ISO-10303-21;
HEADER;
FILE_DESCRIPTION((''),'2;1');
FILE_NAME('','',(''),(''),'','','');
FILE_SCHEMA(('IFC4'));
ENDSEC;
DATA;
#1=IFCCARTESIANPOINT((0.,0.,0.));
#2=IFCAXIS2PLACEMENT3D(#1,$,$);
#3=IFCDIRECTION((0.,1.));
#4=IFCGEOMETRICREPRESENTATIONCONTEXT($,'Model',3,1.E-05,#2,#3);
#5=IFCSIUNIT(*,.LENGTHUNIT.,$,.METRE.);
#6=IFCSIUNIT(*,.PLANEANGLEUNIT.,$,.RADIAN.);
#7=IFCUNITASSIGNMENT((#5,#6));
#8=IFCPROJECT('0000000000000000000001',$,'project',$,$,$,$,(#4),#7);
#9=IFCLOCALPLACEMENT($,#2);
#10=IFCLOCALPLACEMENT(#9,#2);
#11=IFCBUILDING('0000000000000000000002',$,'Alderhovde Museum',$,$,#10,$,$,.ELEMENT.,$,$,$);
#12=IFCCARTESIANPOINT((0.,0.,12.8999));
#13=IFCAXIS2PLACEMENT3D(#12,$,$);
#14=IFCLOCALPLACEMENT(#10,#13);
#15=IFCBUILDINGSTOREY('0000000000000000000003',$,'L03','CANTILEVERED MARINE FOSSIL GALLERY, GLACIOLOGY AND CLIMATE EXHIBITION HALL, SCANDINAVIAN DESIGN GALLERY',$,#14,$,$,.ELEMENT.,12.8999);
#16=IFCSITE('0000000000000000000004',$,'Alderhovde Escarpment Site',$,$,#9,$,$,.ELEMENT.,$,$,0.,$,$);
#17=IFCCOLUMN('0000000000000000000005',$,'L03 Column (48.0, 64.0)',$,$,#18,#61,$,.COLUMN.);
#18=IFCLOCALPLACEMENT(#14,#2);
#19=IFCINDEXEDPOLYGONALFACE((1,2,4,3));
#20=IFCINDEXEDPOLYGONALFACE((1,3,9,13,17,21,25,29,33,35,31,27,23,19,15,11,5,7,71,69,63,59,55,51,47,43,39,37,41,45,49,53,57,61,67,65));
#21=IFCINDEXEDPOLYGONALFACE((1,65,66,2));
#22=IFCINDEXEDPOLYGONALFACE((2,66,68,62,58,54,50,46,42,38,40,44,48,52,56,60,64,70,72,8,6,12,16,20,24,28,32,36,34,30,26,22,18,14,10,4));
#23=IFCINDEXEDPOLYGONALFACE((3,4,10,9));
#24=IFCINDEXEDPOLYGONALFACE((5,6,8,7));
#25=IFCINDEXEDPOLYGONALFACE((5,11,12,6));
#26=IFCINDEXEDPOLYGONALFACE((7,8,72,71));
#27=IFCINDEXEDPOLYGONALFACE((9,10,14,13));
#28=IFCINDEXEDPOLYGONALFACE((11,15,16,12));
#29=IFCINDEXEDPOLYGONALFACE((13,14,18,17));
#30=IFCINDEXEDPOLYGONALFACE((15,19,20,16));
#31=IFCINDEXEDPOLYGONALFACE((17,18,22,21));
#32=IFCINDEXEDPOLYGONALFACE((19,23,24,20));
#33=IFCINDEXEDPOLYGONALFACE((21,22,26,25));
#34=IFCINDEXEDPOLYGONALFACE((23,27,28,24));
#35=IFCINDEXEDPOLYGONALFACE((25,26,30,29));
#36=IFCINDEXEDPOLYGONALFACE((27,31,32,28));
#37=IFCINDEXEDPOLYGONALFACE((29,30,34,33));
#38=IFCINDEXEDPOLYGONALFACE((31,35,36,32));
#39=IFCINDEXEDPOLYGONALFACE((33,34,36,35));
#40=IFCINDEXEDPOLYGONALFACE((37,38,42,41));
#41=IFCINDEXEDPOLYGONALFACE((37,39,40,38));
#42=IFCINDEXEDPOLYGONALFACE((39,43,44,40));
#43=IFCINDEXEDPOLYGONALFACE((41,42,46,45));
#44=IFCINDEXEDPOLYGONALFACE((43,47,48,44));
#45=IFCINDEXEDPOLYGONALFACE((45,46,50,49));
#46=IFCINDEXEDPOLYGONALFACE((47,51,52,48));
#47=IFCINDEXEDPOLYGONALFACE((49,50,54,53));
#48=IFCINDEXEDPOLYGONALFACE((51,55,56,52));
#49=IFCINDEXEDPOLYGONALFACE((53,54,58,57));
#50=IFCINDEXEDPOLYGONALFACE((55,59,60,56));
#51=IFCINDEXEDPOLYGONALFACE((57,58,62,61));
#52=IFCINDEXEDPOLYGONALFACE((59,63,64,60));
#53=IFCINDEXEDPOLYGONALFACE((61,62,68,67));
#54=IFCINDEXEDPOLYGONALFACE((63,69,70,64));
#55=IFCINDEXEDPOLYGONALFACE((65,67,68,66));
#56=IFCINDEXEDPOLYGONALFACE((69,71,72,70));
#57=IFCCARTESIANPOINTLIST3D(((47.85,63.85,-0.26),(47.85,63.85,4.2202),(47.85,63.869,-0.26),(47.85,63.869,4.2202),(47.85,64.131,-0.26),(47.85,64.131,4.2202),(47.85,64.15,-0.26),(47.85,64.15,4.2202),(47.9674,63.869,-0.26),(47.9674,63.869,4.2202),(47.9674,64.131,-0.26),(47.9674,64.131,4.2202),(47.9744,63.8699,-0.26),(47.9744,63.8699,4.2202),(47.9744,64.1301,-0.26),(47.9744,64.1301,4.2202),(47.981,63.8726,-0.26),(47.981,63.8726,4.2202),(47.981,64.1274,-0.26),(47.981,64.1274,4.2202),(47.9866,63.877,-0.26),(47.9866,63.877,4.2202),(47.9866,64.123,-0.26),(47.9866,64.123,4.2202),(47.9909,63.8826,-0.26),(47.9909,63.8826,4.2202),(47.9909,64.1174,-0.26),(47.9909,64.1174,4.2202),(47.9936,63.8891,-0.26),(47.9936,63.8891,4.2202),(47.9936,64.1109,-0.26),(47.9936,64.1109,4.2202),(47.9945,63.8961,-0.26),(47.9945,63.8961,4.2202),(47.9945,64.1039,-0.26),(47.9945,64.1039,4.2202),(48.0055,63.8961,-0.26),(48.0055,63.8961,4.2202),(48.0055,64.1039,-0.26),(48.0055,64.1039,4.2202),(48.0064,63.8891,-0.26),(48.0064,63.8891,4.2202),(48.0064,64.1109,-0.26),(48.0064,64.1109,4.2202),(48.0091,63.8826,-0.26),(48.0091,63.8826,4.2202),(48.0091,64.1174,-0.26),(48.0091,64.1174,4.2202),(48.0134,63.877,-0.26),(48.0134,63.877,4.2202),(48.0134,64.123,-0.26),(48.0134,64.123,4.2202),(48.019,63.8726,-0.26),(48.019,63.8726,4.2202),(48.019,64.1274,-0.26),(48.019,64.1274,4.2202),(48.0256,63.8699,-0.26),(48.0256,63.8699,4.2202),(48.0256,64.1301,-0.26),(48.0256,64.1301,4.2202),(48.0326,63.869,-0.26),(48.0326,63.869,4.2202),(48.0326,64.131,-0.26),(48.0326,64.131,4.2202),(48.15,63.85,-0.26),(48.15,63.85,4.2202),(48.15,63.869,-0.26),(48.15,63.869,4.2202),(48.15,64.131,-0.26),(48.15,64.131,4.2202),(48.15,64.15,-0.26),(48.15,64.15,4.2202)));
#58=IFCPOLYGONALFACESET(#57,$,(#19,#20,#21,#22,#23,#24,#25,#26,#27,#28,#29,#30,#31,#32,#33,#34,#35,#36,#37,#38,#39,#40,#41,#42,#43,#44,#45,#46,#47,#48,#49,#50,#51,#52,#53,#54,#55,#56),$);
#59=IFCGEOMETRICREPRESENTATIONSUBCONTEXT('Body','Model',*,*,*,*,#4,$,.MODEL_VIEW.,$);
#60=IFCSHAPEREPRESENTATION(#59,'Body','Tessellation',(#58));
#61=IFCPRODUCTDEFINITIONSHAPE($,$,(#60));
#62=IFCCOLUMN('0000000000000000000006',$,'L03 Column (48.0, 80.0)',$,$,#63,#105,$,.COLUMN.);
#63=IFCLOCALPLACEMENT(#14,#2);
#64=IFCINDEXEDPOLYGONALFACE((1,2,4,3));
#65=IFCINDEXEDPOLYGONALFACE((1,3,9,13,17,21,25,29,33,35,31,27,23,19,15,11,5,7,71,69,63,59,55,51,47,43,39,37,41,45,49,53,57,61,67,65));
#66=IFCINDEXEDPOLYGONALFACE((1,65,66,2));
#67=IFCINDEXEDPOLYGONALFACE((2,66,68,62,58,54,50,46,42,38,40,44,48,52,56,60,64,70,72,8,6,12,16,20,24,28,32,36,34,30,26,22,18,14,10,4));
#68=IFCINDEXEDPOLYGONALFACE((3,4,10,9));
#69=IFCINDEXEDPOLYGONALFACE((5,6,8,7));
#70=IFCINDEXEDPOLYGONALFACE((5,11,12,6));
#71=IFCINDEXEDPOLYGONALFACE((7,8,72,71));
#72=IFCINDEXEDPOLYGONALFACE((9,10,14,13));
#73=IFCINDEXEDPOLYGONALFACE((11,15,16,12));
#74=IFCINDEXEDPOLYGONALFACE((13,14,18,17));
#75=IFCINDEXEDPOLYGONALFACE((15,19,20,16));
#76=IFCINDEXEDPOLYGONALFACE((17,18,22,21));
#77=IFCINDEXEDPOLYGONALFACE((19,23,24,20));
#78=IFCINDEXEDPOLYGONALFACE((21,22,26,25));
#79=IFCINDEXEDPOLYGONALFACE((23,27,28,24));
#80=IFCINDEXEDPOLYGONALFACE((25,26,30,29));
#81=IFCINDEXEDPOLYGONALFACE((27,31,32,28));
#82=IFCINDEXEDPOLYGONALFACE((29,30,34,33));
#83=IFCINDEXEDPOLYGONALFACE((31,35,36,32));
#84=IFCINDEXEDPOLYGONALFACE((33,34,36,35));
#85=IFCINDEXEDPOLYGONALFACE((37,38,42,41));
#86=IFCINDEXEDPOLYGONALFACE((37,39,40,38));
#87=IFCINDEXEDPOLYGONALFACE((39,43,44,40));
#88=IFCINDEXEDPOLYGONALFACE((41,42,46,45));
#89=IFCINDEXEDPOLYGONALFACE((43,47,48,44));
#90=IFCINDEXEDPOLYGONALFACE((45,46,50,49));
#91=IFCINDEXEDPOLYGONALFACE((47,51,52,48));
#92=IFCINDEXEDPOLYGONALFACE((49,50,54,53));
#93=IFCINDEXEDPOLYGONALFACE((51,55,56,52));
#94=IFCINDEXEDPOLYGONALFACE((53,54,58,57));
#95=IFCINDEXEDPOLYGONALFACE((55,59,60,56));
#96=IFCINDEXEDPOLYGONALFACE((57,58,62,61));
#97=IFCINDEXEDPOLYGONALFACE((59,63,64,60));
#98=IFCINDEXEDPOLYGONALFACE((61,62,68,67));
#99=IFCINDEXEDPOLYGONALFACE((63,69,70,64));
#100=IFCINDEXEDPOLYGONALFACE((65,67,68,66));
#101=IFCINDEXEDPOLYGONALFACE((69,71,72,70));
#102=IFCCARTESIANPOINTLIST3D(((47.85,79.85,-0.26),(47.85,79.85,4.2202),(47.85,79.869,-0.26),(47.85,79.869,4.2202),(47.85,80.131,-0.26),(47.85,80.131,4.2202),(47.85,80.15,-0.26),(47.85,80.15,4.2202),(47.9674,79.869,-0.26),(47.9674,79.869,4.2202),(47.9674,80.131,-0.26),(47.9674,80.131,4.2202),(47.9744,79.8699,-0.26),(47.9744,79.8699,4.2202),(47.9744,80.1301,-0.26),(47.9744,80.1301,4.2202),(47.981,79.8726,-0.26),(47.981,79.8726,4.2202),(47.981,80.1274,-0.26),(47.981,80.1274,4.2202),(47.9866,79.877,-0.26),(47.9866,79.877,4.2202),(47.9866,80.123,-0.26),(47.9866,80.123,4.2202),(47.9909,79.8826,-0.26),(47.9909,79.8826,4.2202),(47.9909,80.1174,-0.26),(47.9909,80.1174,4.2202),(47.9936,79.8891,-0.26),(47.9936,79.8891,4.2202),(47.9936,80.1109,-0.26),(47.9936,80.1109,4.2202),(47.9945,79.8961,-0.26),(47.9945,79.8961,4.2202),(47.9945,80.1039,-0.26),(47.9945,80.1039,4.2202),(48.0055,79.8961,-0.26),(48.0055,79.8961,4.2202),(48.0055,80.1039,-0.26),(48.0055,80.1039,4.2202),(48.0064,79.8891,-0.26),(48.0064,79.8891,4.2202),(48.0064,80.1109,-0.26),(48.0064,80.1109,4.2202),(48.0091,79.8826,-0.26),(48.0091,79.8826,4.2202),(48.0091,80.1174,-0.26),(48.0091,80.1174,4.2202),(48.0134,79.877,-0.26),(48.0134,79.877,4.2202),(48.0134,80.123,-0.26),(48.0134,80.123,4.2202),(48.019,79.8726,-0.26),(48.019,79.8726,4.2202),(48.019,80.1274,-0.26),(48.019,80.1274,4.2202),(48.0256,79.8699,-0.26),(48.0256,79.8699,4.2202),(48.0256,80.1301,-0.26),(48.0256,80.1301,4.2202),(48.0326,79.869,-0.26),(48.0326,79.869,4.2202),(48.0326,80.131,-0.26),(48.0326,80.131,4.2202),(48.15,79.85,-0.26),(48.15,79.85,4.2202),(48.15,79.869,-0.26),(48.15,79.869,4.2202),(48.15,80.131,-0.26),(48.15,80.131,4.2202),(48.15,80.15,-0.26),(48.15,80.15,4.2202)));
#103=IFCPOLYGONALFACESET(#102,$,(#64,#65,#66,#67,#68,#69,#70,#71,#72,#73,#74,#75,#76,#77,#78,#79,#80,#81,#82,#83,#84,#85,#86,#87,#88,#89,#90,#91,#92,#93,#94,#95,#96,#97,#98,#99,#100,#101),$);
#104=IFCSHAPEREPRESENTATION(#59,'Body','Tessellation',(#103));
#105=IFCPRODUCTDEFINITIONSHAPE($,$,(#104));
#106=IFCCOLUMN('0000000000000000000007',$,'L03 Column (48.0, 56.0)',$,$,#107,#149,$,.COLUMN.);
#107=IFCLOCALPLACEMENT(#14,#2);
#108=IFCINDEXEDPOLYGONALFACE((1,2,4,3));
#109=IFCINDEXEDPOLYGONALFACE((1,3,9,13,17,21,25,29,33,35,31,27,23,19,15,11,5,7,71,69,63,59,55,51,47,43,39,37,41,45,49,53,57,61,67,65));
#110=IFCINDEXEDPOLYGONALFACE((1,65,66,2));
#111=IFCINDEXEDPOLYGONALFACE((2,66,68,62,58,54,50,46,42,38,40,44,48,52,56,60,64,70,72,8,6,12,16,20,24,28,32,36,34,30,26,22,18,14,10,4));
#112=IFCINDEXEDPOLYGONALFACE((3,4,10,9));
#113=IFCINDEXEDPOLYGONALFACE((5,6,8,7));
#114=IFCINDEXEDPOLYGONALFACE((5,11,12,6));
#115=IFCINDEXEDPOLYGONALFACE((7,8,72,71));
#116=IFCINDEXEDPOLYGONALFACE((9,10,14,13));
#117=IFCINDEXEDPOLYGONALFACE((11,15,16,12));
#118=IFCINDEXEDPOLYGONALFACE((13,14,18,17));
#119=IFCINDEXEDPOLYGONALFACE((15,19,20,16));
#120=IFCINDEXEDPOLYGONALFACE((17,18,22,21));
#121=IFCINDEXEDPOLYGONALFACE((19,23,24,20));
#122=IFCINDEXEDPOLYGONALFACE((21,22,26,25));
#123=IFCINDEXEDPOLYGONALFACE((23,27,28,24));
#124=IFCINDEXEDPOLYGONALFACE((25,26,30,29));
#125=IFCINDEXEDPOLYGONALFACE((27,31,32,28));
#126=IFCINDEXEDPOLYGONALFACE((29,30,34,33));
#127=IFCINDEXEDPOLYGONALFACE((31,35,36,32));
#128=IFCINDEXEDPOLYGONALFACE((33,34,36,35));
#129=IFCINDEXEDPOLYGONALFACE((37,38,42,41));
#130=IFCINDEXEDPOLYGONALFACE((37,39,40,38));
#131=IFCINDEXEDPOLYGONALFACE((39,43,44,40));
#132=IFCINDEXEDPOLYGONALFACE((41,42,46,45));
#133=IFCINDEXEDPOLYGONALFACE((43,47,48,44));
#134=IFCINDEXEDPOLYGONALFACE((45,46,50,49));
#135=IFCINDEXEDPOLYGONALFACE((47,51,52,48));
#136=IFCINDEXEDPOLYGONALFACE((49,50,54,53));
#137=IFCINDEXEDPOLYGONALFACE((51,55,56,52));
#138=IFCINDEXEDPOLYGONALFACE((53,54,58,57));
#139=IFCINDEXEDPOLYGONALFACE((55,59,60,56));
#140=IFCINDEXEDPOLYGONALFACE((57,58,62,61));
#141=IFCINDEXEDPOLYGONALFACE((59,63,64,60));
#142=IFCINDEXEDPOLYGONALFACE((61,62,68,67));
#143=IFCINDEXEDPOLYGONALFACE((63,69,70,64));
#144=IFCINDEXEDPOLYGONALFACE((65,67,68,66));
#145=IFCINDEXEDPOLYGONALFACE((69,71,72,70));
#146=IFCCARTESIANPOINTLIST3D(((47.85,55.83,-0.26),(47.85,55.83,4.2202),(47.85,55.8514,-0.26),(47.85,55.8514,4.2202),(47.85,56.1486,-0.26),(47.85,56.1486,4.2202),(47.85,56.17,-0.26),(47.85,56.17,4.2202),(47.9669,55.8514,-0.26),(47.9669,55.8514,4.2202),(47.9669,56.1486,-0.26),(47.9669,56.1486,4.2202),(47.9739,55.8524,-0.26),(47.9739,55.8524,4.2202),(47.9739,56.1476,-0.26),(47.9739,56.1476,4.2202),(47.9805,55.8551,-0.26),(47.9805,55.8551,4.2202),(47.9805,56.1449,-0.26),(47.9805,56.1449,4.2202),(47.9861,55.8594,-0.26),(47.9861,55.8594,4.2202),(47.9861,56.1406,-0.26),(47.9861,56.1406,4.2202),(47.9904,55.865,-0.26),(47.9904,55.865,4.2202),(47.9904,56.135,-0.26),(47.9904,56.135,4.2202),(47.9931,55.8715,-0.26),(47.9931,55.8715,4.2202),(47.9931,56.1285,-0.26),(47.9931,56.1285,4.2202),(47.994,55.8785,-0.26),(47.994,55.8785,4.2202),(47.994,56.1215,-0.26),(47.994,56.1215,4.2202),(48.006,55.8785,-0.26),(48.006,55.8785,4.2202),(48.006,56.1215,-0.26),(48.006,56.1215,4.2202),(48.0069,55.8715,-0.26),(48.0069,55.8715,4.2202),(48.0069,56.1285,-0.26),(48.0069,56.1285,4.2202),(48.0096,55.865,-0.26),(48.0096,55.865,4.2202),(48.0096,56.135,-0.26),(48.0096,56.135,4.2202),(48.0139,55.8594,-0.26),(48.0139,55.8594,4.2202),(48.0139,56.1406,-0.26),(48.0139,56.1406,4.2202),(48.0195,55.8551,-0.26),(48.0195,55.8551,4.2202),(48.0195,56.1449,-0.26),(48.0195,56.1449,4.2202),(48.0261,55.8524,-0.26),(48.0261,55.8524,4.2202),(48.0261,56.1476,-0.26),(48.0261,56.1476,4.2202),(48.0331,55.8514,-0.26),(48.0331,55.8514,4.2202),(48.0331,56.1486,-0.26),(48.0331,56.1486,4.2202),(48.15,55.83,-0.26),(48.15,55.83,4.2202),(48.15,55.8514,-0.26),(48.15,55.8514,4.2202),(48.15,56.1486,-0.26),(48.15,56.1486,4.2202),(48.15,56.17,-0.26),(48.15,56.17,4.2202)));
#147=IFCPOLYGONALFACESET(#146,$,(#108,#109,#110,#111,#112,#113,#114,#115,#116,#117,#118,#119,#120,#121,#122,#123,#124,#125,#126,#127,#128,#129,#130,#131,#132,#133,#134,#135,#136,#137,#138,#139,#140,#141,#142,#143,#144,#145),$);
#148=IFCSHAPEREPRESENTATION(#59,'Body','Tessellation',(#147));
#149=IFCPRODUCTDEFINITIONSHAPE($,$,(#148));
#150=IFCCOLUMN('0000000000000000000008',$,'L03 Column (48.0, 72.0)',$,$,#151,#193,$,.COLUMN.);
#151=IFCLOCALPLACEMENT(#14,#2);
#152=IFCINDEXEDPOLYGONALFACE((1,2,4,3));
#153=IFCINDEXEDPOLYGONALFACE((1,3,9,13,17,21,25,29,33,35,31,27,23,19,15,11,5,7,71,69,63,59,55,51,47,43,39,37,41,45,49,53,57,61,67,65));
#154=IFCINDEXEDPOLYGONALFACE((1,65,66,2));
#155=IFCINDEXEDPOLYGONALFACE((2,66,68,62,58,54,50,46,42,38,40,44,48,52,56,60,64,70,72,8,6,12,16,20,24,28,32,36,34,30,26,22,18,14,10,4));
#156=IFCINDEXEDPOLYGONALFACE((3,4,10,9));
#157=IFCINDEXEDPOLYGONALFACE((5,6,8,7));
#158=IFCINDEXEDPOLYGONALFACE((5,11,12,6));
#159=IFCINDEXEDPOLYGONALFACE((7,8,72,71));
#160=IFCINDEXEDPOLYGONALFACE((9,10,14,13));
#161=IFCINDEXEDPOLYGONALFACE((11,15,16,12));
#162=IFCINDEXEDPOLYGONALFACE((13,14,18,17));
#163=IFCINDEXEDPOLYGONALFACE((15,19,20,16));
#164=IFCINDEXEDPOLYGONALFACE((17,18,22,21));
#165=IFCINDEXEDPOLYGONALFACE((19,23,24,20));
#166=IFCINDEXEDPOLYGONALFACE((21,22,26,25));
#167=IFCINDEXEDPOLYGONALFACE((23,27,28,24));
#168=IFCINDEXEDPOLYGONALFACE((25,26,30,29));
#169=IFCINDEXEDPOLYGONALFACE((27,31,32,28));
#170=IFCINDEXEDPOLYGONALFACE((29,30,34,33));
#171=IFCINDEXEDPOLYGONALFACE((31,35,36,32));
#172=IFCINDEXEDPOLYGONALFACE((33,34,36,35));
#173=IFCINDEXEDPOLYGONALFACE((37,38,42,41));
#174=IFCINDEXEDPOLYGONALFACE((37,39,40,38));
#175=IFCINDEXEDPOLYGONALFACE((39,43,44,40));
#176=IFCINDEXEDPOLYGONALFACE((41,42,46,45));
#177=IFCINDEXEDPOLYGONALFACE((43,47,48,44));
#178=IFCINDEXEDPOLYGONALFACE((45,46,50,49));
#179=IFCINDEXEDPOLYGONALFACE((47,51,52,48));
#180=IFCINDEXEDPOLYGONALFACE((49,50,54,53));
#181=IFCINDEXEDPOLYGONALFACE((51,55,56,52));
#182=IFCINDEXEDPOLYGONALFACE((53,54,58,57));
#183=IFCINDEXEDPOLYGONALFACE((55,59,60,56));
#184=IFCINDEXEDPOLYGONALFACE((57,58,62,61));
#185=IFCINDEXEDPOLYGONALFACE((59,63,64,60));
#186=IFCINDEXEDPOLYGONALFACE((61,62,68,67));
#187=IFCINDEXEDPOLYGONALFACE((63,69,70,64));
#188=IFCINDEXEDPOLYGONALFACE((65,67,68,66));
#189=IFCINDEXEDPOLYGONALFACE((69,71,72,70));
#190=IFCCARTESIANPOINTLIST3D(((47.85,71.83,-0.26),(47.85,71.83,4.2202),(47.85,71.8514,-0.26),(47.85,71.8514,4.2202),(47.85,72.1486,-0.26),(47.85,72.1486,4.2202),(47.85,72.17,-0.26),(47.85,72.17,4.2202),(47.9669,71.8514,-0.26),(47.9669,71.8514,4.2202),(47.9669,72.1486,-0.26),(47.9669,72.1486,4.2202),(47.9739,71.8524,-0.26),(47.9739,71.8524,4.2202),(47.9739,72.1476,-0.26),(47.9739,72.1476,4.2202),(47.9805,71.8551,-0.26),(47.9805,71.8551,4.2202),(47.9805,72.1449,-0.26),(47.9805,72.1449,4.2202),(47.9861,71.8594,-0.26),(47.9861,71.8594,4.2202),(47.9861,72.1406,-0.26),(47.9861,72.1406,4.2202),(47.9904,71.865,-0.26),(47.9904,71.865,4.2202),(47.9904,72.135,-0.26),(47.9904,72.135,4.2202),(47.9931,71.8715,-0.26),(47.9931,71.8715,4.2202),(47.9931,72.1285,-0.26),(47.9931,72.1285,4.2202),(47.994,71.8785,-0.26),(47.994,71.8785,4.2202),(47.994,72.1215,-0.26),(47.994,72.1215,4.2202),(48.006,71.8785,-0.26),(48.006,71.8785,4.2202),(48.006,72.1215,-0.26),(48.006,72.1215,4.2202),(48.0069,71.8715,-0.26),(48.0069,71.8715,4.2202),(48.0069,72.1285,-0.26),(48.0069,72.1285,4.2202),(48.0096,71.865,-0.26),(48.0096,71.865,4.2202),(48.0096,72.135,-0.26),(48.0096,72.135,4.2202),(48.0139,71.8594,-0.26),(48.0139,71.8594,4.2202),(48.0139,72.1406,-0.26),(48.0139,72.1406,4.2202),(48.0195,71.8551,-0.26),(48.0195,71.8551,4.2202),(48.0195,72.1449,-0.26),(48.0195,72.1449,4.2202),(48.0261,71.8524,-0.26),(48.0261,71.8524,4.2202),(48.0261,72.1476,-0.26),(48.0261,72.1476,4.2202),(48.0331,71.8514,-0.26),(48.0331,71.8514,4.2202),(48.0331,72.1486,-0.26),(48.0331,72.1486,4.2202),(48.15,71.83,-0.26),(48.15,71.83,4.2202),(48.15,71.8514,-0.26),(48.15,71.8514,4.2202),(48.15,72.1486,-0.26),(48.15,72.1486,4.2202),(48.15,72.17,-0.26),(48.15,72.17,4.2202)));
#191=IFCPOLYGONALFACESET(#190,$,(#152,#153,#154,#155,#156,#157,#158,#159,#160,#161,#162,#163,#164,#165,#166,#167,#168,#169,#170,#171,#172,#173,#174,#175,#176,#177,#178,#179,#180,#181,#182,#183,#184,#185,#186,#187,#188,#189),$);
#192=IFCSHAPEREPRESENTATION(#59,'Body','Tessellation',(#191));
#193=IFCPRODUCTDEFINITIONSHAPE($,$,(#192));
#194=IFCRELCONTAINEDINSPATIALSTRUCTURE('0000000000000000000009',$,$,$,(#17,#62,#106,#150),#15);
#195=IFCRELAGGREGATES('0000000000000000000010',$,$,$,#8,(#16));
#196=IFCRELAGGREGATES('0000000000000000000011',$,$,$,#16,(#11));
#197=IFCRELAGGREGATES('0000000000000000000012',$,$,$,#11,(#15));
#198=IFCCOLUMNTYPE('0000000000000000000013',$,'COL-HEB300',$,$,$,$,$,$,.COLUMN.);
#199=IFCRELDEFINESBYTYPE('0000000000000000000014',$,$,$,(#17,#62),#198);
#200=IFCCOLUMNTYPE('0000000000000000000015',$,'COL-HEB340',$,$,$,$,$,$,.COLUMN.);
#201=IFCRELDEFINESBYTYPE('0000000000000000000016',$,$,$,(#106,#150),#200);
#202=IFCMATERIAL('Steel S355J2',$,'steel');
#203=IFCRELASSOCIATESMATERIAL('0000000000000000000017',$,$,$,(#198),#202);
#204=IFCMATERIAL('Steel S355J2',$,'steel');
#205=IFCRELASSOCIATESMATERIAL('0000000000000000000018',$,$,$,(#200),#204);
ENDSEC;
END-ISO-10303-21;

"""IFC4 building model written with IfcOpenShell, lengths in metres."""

from ifc_helpers import new_model, si_unit, direction, frame, origin, origin_2d, place, context, subcontext, project, spatial, i_section, extrude, material, material_profile, profile_set, type_object, element, save


model = new_model("IFC4")

# Units and contexts
model_context = context("Model", 3, precision=1e-05, world=origin(), true_north=direction((0.0, 1.0)))
body_context = subcontext(model_context, "Body", "Model", "MODEL_VIEW")
ifc_project = project(units=[si_unit("LENGTHUNIT", "METRE"), si_unit("PLANEANGLEUNIT", "RADIAN")], contexts=[model_context])

# Site, building, storey
site_placement = place(None, origin())
site = spatial("IfcSite", under=ifc_project, at=site_placement, Name="Alderhovde Escarpment Site", CompositionType="ELEMENT", RefElevation=0.0)
building_placement = place(site_placement, origin())
building = spatial("IfcBuilding", under=site, at=building_placement, Name="Alderhovde Museum", CompositionType="ELEMENT")
storey_placement = place(building_placement, frame((0.0, 0.0, 12.8999)))
storey = spatial("IfcBuildingStorey", under=building, at=storey_placement, Name="L03", Description="CANTILEVERED MARINE FOSSIL GALLERY, GLACIOLOGY AND CLIMATE EXHIBITION HALL, SCANDINAVIAN DESIGN GALLERY", CompositionType="ELEMENT", Elevation=12.8999)

# Columns
ifc_material_1 = material(Name="Steel S355J2", Category="steel")
ifc_material_profile_1 = material_profile(ifc_material_1, i_section(OverallWidth=0.3, OverallDepth=0.3, WebThickness=0.011, FlangeThickness=0.019, FilletRadius=0.0271, at=origin_2d()), Name="HEB 300")
ifc_profile_set_1 = profile_set([ifc_material_profile_1], Name="Steel S355J2")
column_type_1 = type_object("IfcColumnType", Name="COL-HEB300", PredefinedType="COLUMN", material=ifc_profile_set_1)
for number, where, z_axis, x_axis, name in (
    (1, (48.0, 64.0, -0.26), (0.0, 0.0, 1.0), (1.0, 0.0, 0.0), "L03 Column (48.0, 64.0)"),
    (2, (48.0, 80.0, -0.26), (0.0, 0.0, 1.0), (1.0, 0.0, 0.0), "L03 Column (48.0, 80.0)"),
):
    element("IfcColumn", number, at=place(storey_placement, frame(where, z_axis=z_axis, x_axis=x_axis)), inside=storey, type_object=column_type_1, Name=name, PredefinedType="COLUMN", context=body_context, shape_type="SweptSolid", body=[
        extrude(i_section(OverallWidth=0.3, OverallDepth=0.3, WebThickness=0.011, FlangeThickness=0.019, FilletRadius=0.0271, at=origin_2d()), origin(), (0.0, 0.0, 1.0), 4.4802),
    ])
ifc_material_2 = material(Name="Steel S355J2", Category="steel")
ifc_material_profile_2 = material_profile(ifc_material_2, i_section(OverallWidth=0.3, OverallDepth=0.3401, WebThickness=0.012, FlangeThickness=0.0215, FilletRadius=0.0271, at=origin_2d()), Name="HEB 340")
ifc_profile_set_2 = profile_set([ifc_material_profile_2], Name="Steel S355J2")
column_type_2 = type_object("IfcColumnType", Name="COL-HEB340", PredefinedType="COLUMN", material=ifc_profile_set_2)
for number, where, z_axis, x_axis, name in (
    (3, (48.0, 56.0, -0.26), (0.0, 0.0, 1.0), (1.0, 0.0, 0.0), "L03 Column (48.0, 56.0)"),
    (4, (48.0, 72.0, -0.26), (0.0, 0.0, 1.0), (1.0, 0.0, 0.0), "L03 Column (48.0, 72.0)"),
):
    element("IfcColumn", number, at=place(storey_placement, frame(where, z_axis=z_axis, x_axis=x_axis)), inside=storey, type_object=column_type_2, Name=name, PredefinedType="COLUMN", context=body_context, shape_type="SweptSolid", body=[
        extrude(i_section(OverallWidth=0.3, OverallDepth=0.3401, WebThickness=0.012, FlangeThickness=0.0215, FilletRadius=0.0271, at=origin_2d()), origin(), (0.0, 0.0, 1.0), 4.4802),
    ])

save(model, "model.ifc")
